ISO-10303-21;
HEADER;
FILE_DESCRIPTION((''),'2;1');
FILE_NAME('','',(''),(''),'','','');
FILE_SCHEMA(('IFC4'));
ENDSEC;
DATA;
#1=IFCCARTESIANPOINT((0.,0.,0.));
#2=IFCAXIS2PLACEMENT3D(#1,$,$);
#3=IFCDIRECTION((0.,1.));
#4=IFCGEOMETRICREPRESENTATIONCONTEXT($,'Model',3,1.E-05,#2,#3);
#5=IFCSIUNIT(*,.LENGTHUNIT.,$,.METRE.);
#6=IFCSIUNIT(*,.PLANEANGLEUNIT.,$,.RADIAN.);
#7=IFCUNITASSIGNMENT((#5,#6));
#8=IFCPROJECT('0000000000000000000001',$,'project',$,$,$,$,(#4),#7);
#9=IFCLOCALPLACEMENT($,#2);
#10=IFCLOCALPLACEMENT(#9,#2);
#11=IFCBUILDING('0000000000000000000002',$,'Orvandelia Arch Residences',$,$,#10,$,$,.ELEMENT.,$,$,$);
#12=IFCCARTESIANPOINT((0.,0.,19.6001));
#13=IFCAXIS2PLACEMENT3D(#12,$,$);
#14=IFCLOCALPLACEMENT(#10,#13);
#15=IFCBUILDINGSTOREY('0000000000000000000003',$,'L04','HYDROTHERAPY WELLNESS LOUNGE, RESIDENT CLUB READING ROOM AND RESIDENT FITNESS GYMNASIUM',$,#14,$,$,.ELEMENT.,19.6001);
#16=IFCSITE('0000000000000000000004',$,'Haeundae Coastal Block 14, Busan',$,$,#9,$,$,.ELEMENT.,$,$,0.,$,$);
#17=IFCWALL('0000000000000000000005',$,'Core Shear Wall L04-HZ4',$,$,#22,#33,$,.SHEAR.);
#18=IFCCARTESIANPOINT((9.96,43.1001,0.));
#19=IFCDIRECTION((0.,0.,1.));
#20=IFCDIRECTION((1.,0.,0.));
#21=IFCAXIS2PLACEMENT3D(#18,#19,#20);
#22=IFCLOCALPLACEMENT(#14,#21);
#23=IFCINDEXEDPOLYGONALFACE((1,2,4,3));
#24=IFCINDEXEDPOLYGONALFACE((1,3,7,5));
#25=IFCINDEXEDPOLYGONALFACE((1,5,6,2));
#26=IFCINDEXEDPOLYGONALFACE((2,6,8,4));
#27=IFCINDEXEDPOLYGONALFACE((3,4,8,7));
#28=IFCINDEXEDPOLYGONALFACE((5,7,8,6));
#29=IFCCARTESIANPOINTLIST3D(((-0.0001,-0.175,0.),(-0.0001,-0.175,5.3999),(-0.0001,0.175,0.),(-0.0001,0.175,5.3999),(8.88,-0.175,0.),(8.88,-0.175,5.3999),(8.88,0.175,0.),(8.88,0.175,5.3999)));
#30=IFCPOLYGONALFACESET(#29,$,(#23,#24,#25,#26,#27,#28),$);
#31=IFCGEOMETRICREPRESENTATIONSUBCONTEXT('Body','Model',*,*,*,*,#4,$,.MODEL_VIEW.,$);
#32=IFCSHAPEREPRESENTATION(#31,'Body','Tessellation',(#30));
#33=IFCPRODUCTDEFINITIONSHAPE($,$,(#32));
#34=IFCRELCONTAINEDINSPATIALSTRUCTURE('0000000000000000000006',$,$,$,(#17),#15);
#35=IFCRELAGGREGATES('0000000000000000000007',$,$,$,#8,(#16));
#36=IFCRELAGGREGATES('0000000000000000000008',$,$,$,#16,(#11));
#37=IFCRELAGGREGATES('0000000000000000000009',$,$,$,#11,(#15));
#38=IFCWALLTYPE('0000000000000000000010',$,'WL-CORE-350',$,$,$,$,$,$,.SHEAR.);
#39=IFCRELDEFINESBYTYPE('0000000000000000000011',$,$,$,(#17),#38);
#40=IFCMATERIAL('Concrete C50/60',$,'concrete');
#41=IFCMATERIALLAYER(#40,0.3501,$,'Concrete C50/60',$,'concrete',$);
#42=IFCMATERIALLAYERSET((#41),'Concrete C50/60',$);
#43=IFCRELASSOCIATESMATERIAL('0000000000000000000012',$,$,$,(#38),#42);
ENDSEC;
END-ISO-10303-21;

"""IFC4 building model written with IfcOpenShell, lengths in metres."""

from ifc_helpers import new_model, si_unit, direction, frame, frame_2d, origin, place, context, subcontext, project, spatial, rectangle, extrude, material, layer, layer_set, type_object, element, save


model = new_model("IFC4")

# Units and contexts
model_context = context("Model", 3, precision=1e-05, world=origin(), true_north=direction((0.0, 1.0)))
body_context = subcontext(model_context, "Body", "Model", "MODEL_VIEW")
ifc_project = project(units=[si_unit("LENGTHUNIT", "METRE"), si_unit("PLANEANGLEUNIT", "RADIAN")], contexts=[model_context])

# Site, building, storey
site_placement = place(None, origin())
site = spatial("IfcSite", under=ifc_project, at=site_placement, Name="Haeundae Coastal Block 14, Busan", CompositionType="ELEMENT", RefElevation=0.0)
building_placement = place(site_placement, origin())
building = spatial("IfcBuilding", under=site, at=building_placement, Name="Orvandelia Arch Residences", CompositionType="ELEMENT")
storey_placement = place(building_placement, frame((0.0, 0.0, 19.6001)))
storey = spatial("IfcBuildingStorey", under=building, at=storey_placement, Name="L04", Description="HYDROTHERAPY WELLNESS LOUNGE, RESIDENT CLUB READING ROOM AND RESIDENT FITNESS GYMNASIUM", CompositionType="ELEMENT", Elevation=19.6001)

# Wall
ifc_material_1 = material(Name="Concrete C50/60", Category="concrete")
ifc_layer_1 = layer(ifc_material_1, 0.3501, Name="Concrete C50/60", Category="concrete")
ifc_layer_set_1 = layer_set([ifc_layer_1], Name="Concrete C50/60")
wall_type_1 = type_object("IfcWallType", Name="WL-CORE-350", PredefinedType="SHEAR", material=ifc_layer_set_1)
wall_1_placement = place(storey_placement, frame((9.96, 43.1001, 0.0), z_axis=(0.0, 0.0, 1.0), x_axis=(1.0, 0.0, 0.0)))
element("IfcWall", 1, at=wall_1_placement, inside=storey, type_object=wall_type_1, Name="Core Shear Wall L04-HZ4", PredefinedType="SHEAR", context=body_context, shape_type="SweptSolid", body=[
    extrude(rectangle(XDim=8.8801, YDim=0.3501, at=frame_2d((4.4399, 0.0))), origin(), (0.0, 0.0, 1.0), 5.3999),
])

save(model, "model.ifc")
